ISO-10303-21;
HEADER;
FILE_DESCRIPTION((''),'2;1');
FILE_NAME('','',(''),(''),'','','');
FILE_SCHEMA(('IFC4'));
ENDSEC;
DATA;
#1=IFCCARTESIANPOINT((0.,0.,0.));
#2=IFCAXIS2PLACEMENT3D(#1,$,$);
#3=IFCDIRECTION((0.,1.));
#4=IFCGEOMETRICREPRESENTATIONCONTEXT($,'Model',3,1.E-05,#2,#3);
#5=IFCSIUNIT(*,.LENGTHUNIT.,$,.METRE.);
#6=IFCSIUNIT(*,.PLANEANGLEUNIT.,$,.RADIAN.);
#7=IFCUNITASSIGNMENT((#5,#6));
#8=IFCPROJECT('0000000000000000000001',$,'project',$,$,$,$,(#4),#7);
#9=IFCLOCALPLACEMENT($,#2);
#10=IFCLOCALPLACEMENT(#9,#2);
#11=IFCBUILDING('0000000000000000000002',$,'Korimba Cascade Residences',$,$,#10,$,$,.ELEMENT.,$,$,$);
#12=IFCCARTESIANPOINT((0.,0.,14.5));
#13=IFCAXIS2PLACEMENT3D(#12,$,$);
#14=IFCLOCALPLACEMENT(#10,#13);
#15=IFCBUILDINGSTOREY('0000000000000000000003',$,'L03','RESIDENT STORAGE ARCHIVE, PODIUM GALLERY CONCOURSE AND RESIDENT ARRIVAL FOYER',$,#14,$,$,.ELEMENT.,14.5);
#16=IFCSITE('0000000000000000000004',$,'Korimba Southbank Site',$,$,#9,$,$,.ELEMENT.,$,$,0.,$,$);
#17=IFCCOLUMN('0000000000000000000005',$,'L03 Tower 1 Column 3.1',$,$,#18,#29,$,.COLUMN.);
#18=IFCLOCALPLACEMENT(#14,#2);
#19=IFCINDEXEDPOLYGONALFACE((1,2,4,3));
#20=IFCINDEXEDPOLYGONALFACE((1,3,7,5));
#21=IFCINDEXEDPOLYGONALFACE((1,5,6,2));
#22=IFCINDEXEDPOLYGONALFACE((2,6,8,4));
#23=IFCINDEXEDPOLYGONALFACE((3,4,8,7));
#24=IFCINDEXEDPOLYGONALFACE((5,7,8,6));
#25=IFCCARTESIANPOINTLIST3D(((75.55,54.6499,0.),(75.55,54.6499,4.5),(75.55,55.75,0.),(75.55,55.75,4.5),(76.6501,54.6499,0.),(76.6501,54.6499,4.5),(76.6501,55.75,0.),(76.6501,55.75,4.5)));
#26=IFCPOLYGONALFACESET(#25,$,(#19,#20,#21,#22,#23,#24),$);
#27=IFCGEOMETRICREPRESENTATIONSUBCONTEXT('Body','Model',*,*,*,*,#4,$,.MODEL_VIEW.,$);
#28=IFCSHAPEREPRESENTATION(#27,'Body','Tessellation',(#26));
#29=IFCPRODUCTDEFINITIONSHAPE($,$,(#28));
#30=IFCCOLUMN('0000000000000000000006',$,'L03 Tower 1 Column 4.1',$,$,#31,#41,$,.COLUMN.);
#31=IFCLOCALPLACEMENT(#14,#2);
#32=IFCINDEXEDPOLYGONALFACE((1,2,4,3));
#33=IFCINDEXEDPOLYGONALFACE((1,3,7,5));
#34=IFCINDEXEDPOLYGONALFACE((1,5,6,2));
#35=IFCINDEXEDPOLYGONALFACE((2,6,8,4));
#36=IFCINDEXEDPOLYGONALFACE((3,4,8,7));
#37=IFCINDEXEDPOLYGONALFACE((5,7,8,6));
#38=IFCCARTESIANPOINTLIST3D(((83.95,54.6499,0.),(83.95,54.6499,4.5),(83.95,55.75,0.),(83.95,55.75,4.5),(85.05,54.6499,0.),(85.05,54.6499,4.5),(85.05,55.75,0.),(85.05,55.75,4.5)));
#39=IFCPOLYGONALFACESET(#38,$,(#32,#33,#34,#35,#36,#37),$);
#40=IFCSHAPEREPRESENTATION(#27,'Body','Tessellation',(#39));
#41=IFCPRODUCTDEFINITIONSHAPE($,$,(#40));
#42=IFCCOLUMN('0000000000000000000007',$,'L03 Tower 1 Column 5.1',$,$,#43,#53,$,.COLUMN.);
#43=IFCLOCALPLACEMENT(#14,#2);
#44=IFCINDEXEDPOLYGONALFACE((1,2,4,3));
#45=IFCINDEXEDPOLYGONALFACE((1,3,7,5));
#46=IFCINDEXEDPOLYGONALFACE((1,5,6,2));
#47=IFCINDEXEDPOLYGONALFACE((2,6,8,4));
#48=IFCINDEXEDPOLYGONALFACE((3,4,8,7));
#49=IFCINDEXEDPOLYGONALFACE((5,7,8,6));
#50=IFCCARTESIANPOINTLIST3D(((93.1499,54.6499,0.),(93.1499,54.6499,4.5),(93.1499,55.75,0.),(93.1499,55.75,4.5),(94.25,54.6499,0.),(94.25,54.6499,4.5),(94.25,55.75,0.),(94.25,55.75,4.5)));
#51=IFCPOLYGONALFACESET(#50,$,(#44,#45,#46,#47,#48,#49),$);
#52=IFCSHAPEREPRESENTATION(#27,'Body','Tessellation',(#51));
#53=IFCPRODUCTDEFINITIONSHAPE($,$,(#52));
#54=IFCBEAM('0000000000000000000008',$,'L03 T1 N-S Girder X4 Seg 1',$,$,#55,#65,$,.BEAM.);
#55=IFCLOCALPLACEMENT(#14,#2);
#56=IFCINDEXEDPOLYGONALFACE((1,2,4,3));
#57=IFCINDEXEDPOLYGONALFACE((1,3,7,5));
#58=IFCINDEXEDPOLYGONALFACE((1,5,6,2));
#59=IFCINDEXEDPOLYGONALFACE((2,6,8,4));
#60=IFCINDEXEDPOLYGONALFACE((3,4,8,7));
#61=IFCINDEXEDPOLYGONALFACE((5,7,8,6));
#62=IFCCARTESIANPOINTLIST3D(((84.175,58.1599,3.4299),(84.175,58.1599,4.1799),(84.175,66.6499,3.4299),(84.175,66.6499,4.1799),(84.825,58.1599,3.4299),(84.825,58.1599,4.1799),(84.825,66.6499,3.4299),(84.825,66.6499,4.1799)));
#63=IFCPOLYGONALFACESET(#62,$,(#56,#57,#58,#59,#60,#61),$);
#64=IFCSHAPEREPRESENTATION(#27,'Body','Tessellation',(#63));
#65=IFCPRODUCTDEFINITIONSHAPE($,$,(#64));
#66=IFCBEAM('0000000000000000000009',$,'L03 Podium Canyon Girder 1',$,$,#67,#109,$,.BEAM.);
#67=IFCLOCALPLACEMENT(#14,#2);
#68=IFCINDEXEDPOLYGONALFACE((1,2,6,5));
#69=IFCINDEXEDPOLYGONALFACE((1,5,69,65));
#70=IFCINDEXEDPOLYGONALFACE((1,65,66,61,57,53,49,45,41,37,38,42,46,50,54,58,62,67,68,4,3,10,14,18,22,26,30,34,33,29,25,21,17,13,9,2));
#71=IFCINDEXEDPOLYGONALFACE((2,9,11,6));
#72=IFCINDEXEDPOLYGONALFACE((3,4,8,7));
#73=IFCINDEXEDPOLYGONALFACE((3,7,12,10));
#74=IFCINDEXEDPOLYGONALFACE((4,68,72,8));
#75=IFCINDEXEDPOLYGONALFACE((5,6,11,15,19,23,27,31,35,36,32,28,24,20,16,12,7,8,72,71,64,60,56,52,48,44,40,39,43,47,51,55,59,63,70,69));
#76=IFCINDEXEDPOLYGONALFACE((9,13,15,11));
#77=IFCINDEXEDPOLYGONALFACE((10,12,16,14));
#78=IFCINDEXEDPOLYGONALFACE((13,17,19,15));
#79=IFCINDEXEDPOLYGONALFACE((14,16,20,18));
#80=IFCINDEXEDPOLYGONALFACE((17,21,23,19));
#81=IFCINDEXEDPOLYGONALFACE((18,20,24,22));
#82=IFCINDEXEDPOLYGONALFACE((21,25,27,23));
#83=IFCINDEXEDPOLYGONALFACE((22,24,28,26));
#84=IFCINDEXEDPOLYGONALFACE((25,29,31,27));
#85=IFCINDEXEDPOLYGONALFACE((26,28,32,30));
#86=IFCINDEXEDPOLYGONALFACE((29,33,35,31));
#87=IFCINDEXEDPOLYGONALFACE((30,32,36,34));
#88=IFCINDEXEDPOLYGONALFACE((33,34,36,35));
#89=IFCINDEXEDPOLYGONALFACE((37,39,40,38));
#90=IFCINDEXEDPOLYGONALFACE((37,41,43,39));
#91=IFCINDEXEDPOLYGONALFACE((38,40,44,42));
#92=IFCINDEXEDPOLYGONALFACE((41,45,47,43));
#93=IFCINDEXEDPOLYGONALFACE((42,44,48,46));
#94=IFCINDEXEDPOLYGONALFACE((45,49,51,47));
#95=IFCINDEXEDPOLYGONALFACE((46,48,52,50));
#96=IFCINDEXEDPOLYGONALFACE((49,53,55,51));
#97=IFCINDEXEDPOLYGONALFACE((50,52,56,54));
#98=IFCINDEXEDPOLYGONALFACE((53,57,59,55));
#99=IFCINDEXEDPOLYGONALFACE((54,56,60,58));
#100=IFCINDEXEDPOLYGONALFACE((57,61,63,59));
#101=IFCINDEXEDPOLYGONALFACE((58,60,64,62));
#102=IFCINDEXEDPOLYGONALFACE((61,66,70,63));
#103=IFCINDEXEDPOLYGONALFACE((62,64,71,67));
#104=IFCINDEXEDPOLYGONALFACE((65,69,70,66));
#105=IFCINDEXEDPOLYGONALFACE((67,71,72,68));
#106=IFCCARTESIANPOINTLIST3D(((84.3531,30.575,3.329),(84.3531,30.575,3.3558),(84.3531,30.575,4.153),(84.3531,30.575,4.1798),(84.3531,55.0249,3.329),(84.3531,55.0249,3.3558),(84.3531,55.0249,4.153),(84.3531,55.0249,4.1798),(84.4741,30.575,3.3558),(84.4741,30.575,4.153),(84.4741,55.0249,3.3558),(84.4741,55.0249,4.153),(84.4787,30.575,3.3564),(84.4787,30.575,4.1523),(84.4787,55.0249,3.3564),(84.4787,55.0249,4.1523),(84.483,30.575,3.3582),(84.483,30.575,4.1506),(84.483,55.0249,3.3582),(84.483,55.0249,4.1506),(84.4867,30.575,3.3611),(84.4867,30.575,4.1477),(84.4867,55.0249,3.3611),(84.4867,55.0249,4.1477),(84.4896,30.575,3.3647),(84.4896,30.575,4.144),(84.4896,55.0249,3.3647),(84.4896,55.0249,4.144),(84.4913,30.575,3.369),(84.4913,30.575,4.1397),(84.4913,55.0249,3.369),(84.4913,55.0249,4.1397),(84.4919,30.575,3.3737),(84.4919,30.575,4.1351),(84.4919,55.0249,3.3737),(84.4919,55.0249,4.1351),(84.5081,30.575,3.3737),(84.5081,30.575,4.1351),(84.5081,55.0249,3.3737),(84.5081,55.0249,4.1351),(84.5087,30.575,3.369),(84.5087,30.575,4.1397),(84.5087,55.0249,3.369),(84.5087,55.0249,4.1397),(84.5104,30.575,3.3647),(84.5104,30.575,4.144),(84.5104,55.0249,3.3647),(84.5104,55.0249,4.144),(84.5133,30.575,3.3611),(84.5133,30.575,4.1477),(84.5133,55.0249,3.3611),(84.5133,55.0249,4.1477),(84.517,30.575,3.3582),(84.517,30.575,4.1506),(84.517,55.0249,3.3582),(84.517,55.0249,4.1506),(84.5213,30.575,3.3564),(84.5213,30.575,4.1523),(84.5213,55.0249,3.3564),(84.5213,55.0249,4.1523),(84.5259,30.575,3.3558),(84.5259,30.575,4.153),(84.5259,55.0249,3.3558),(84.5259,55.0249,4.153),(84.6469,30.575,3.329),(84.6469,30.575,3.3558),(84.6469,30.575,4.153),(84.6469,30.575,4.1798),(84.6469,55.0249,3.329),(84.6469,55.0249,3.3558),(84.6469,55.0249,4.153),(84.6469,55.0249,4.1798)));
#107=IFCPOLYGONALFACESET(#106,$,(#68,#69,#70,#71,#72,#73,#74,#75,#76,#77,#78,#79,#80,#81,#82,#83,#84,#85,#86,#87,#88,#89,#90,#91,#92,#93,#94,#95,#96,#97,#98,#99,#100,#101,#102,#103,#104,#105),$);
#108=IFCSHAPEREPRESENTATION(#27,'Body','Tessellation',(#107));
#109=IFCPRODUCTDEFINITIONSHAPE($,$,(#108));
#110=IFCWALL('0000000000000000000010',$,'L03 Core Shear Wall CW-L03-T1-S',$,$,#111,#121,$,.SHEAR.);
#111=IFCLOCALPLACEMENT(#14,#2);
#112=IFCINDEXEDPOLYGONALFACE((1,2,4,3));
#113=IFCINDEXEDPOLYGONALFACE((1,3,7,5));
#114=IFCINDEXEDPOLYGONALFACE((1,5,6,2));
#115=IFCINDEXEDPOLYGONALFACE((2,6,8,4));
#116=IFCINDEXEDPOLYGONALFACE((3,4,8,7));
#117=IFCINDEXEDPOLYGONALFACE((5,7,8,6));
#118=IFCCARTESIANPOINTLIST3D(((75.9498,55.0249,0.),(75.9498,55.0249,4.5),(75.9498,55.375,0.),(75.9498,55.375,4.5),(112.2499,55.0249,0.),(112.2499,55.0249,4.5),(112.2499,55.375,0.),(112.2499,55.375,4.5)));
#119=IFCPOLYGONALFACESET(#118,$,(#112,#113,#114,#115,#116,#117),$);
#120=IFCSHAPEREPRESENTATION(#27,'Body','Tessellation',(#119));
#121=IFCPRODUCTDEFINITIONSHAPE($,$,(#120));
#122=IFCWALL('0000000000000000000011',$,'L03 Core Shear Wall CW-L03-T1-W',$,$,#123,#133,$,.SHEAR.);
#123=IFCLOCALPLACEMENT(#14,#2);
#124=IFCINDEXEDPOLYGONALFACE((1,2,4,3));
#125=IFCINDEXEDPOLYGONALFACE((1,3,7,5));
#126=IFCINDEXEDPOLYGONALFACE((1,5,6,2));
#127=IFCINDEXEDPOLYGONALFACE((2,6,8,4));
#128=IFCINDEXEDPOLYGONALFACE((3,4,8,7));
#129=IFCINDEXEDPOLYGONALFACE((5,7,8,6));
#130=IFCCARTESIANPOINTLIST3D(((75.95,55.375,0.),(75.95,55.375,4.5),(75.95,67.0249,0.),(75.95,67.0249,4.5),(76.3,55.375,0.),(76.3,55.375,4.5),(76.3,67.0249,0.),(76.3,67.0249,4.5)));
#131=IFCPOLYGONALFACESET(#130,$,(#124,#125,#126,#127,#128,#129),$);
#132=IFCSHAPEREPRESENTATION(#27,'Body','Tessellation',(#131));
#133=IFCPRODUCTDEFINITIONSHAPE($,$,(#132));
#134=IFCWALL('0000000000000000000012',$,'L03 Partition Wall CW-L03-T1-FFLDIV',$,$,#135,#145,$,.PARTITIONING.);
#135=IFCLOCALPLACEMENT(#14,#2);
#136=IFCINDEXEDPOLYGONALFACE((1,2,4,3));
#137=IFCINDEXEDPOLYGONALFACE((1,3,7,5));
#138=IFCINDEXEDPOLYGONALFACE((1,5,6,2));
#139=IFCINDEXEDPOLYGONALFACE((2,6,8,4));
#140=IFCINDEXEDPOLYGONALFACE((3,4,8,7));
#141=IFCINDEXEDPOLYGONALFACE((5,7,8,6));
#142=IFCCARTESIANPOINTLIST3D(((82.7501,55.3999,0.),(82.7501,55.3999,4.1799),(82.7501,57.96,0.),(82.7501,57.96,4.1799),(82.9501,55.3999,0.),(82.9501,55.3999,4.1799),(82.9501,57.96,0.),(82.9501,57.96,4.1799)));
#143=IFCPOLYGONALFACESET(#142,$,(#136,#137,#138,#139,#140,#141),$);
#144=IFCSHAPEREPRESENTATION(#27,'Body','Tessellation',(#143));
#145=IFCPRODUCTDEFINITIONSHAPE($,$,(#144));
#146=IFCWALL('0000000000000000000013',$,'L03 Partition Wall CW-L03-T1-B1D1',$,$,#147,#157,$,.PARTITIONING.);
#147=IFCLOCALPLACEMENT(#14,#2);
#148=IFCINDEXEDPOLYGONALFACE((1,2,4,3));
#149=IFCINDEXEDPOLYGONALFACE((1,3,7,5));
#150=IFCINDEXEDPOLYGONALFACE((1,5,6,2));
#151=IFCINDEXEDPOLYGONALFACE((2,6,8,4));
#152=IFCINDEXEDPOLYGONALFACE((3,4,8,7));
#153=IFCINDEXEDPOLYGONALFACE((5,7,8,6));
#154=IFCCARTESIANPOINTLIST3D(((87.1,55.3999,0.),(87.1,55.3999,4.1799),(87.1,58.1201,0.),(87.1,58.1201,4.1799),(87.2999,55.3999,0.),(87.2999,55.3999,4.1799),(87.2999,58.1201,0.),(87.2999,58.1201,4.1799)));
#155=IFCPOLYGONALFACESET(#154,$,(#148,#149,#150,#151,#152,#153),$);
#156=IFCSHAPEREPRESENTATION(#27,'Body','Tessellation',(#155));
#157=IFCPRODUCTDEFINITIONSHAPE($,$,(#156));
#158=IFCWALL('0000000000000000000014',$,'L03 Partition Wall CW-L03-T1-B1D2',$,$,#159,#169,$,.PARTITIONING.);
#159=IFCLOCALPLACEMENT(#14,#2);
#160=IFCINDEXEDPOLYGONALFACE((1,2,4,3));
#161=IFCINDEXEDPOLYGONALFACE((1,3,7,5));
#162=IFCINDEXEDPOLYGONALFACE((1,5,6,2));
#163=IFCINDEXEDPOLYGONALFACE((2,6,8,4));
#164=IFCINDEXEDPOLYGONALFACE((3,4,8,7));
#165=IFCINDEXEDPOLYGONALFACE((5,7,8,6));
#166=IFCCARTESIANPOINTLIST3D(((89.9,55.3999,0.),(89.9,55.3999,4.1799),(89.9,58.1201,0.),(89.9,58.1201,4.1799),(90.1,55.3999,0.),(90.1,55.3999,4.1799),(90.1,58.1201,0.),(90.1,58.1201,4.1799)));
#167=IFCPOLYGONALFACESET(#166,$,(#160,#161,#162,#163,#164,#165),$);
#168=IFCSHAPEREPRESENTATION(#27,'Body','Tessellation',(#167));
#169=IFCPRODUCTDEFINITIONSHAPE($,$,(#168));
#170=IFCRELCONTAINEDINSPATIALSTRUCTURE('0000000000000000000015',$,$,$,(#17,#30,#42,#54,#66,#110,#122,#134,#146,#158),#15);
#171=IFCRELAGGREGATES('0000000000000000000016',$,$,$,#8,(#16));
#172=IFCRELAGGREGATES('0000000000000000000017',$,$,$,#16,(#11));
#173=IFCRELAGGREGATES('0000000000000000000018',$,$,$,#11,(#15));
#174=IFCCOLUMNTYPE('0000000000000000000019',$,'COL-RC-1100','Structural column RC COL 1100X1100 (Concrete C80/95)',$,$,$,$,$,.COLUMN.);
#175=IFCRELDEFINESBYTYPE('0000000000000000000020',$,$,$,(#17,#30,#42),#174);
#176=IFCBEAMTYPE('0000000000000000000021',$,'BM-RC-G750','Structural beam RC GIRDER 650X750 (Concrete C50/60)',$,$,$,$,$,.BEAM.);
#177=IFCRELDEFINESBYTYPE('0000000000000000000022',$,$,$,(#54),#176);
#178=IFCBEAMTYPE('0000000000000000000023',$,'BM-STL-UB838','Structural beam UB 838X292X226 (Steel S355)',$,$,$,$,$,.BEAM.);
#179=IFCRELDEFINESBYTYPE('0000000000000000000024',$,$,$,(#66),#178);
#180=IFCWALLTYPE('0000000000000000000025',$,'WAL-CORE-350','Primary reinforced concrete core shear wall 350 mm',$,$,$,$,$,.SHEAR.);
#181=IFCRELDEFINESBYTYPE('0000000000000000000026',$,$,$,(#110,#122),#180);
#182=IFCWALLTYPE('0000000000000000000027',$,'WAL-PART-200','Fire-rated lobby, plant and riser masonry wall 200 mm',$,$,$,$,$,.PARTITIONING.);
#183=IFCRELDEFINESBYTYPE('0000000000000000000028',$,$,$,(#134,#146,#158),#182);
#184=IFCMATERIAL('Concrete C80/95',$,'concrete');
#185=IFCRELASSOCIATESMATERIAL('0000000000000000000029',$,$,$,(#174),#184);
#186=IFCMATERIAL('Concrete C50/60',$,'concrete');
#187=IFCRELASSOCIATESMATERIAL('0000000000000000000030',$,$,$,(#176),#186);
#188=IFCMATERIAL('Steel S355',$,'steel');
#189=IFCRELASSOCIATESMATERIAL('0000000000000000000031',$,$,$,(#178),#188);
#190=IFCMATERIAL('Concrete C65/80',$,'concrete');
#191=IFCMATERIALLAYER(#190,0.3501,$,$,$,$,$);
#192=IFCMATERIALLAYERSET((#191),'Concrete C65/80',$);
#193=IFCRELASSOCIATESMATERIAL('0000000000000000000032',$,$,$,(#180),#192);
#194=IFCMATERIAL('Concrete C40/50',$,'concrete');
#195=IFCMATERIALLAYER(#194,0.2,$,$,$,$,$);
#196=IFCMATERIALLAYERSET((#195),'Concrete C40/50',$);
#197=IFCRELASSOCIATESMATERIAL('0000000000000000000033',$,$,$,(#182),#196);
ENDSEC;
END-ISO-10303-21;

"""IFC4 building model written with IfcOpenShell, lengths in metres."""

from ifc_helpers import new_model, si_unit, direction, frame, frame_2d, origin, origin_2d, place, context, subcontext, project, spatial, rectangle, i_section, extrude, material, layer, layer_set, material_profile, profile_set, type_object, element, save


model = new_model("IFC4")

# Units and contexts
model_context = context("Model", 3, precision=1e-05, world=origin(), true_north=direction((0.0, 1.0)))
body_context = subcontext(model_context, "Body", "Model", "MODEL_VIEW")
ifc_project = project(units=[si_unit("LENGTHUNIT", "METRE"), si_unit("PLANEANGLEUNIT", "RADIAN")], contexts=[model_context])

# Site, building, storey
site_placement = place(None, origin())
site = spatial("IfcSite", under=ifc_project, at=site_placement, Name="Korimba Southbank Site", CompositionType="ELEMENT", RefElevation=0.0)
building_placement = place(site_placement, origin())
building = spatial("IfcBuilding", under=site, at=building_placement, Name="Korimba Cascade Residences", CompositionType="ELEMENT")
storey_placement = place(building_placement, frame((0.0, 0.0, 14.5)))
storey = spatial("IfcBuildingStorey", under=building, at=storey_placement, Name="L03", Description="RESIDENT STORAGE ARCHIVE, PODIUM GALLERY CONCOURSE AND RESIDENT ARRIVAL FOYER", CompositionType="ELEMENT", Elevation=14.5)

# Columns
ifc_material_1 = material(Name="Concrete C80/95", Category="concrete")
ifc_material_profile_1 = material_profile(ifc_material_1, rectangle(XDim=1.1001, YDim=1.1001, at=origin_2d()), Name="Concrete C80/95")
ifc_profile_set_1 = profile_set([ifc_material_profile_1], Name="Concrete C80/95")
column_type = type_object("IfcColumnType", Name="COL-RC-1100", Description="Structural column RC COL 1100X1100 (Concrete C80/95)", PredefinedType="COLUMN", material=ifc_profile_set_1)
for number, where, z_axis, x_axis, name in (
    (1, (76.1001, 55.2, 0.0), (0.0, 0.0, 1.0), (1.0, 0.0, 0.0), "L03 Tower 1 Column 3.1"),
    (2, (84.5, 55.2, 0.0), (0.0, 0.0, 1.0), (1.0, 0.0, 0.0), "L03 Tower 1 Column 4.1"),
    (3, (93.7, 55.2, 0.0), (0.0, 0.0, 1.0), (1.0, 0.0, 0.0), "L03 Tower 1 Column 5.1"),
):
    element("IfcColumn", number, at=place(storey_placement, frame(where, z_axis=z_axis, x_axis=x_axis)), inside=storey, type_object=column_type, Name=name, PredefinedType="COLUMN", context=body_context, shape_type="SweptSolid", body=[
        extrude(rectangle(XDim=1.1001, YDim=1.1001, at=origin_2d()), origin(), (0.0, 0.0, 1.0), 4.5),
    ])

# Beams
ifc_material_2 = material(Name="Concrete C50/60", Category="concrete")
ifc_material_profile_2 = material_profile(ifc_material_2, rectangle(XDim=0.6499, YDim=0.75, at=origin_2d()), Name="Concrete C50/60")
ifc_profile_set_2 = profile_set([ifc_material_profile_2], Name="Concrete C50/60")
beam_type_1 = type_object("IfcBeamType", Name="BM-RC-G750", Description="Structural beam RC GIRDER 650X750 (Concrete C50/60)", PredefinedType="BEAM", material=ifc_profile_set_2)
beam_1_placement = place(storey_placement, frame((84.5, 58.1599, 3.8049), z_axis=(0.0, 1.0, 0.0), x_axis=(-1.0, 0.0, 0.0)))
element("IfcBeam", 4, at=beam_1_placement, inside=storey, type_object=beam_type_1, Name="L03 T1 N-S Girder X4 Seg 1", PredefinedType="BEAM", context=body_context, shape_type="SweptSolid", body=[
    extrude(rectangle(XDim=0.6499, YDim=0.75, at=origin_2d()), origin(), (0.0, 0.0, 1.0), 8.49),
])
ifc_material_3 = material(Name="Steel S355", Category="steel")
ifc_material_profile_3 = material_profile(ifc_material_3, i_section(OverallWidth=0.2937, OverallDepth=0.8508, WebThickness=0.0161, FlangeThickness=0.0269, FilletRadius=0.0178, at=origin_2d()), Name="Steel S355")
ifc_profile_set_3 = profile_set([ifc_material_profile_3], Name="Steel S355")
beam_type_2 = type_object("IfcBeamType", Name="BM-STL-UB838", Description="Structural beam UB 838X292X226 (Steel S355)", PredefinedType="BEAM", material=ifc_profile_set_3)
beam_2_placement = place(storey_placement, frame((84.5, 30.575, 3.7544), z_axis=(0.0, 1.0, 0.0), x_axis=(-1.0, 0.0, 0.0)))
element("IfcBeam", 5, at=beam_2_placement, inside=storey, type_object=beam_type_2, Name="L03 Podium Canyon Girder 1", PredefinedType="BEAM", context=body_context, shape_type="SweptSolid", body=[
    extrude(i_section(OverallWidth=0.2937, OverallDepth=0.8508, WebThickness=0.0161, FlangeThickness=0.0269, FilletRadius=0.0178, at=origin_2d()), origin(), (0.0, 0.0, 1.0), 24.45),
])

# Walls
ifc_material_4 = material(Name="Concrete C65/80", Category="concrete")
ifc_layer_1 = layer(ifc_material_4, 0.3501)
ifc_layer_set_1 = layer_set([ifc_layer_1], Name="Concrete C65/80")
wall_type_1 = type_object("IfcWallType", Name="WAL-CORE-350", Description="Primary reinforced concrete core shear wall 350 mm", PredefinedType="SHEAR", material=ifc_layer_set_1)
wall_1_placement = place(storey_placement, frame((75.95, 55.2, 0.0), z_axis=(0.0, 0.0, 1.0), x_axis=(1.0, 0.0, 0.0)))
element("IfcWall", 6, at=wall_1_placement, inside=storey, type_object=wall_type_1, Name="L03 Core Shear Wall CW-L03-T1-S", PredefinedType="SHEAR", context=body_context, shape_type="SweptSolid", body=[
    extrude(rectangle(XDim=36.3, YDim=0.3501, at=frame_2d((18.1499, 0.0))), origin(), (0.0, 0.0, 1.0), 4.5),
])
wall_2_placement = place(storey_placement, frame((76.125, 55.375, 0.0), z_axis=(0.0, 0.0, 1.0), x_axis=(0.0, 1.0, 0.0)))
element("IfcWall", 7, at=wall_2_placement, inside=storey, type_object=wall_type_1, Name="L03 Core Shear Wall CW-L03-T1-W", PredefinedType="SHEAR", context=body_context, shape_type="SweptSolid", body=[
    extrude(rectangle(XDim=11.6499, YDim=0.3501, at=frame_2d((5.825, 0.0))), origin(), (0.0, 0.0, 1.0), 4.5),
])
ifc_material_5 = material(Name="Concrete C40/50", Category="concrete")
ifc_layer_2 = layer(ifc_material_5, 0.2)
ifc_layer_set_2 = layer_set([ifc_layer_2], Name="Concrete C40/50")
wall_type_2 = type_object("IfcWallType", Name="WAL-PART-200", Description="Fire-rated lobby, plant and riser masonry wall 200 mm", PredefinedType="PARTITIONING", material=ifc_layer_set_2)
wall_3_placement = place(storey_placement, frame((82.8501, 55.3999, 0.0), z_axis=(0.0, 0.0, 1.0), x_axis=(0.0, 1.0, 0.0)))
element("IfcWall", 8, at=wall_3_placement, inside=storey, type_object=wall_type_2, Name="L03 Partition Wall CW-L03-T1-FFLDIV", PredefinedType="PARTITIONING", context=body_context, shape_type="SweptSolid", body=[
    extrude(rectangle(XDim=2.5601, YDim=0.2, at=frame_2d((1.28, 0.0))), origin(), (0.0, 0.0, 1.0), 4.1799),
])
for number, where, z_axis, x_axis, name in (
    (9, (87.2, 55.3999, 0.0), (0.0, 0.0, 1.0), (0.0, 1.0, 0.0), "L03 Partition Wall CW-L03-T1-B1D1"),
    (10, (90.0, 55.3999, 0.0), (0.0, 0.0, 1.0), (0.0, 1.0, 0.0), "L03 Partition Wall CW-L03-T1-B1D2"),
):
    element("IfcWall", number, at=place(storey_placement, frame(where, z_axis=z_axis, x_axis=x_axis)), inside=storey, type_object=wall_type_2, Name=name, PredefinedType="PARTITIONING", context=body_context, shape_type="SweptSolid", body=[
        extrude(rectangle(XDim=2.7202, YDim=0.2, at=frame_2d((1.3601, 0.0))), origin(), (0.0, 0.0, 1.0), 4.1799),
    ])

save(model, "model.ifc")
